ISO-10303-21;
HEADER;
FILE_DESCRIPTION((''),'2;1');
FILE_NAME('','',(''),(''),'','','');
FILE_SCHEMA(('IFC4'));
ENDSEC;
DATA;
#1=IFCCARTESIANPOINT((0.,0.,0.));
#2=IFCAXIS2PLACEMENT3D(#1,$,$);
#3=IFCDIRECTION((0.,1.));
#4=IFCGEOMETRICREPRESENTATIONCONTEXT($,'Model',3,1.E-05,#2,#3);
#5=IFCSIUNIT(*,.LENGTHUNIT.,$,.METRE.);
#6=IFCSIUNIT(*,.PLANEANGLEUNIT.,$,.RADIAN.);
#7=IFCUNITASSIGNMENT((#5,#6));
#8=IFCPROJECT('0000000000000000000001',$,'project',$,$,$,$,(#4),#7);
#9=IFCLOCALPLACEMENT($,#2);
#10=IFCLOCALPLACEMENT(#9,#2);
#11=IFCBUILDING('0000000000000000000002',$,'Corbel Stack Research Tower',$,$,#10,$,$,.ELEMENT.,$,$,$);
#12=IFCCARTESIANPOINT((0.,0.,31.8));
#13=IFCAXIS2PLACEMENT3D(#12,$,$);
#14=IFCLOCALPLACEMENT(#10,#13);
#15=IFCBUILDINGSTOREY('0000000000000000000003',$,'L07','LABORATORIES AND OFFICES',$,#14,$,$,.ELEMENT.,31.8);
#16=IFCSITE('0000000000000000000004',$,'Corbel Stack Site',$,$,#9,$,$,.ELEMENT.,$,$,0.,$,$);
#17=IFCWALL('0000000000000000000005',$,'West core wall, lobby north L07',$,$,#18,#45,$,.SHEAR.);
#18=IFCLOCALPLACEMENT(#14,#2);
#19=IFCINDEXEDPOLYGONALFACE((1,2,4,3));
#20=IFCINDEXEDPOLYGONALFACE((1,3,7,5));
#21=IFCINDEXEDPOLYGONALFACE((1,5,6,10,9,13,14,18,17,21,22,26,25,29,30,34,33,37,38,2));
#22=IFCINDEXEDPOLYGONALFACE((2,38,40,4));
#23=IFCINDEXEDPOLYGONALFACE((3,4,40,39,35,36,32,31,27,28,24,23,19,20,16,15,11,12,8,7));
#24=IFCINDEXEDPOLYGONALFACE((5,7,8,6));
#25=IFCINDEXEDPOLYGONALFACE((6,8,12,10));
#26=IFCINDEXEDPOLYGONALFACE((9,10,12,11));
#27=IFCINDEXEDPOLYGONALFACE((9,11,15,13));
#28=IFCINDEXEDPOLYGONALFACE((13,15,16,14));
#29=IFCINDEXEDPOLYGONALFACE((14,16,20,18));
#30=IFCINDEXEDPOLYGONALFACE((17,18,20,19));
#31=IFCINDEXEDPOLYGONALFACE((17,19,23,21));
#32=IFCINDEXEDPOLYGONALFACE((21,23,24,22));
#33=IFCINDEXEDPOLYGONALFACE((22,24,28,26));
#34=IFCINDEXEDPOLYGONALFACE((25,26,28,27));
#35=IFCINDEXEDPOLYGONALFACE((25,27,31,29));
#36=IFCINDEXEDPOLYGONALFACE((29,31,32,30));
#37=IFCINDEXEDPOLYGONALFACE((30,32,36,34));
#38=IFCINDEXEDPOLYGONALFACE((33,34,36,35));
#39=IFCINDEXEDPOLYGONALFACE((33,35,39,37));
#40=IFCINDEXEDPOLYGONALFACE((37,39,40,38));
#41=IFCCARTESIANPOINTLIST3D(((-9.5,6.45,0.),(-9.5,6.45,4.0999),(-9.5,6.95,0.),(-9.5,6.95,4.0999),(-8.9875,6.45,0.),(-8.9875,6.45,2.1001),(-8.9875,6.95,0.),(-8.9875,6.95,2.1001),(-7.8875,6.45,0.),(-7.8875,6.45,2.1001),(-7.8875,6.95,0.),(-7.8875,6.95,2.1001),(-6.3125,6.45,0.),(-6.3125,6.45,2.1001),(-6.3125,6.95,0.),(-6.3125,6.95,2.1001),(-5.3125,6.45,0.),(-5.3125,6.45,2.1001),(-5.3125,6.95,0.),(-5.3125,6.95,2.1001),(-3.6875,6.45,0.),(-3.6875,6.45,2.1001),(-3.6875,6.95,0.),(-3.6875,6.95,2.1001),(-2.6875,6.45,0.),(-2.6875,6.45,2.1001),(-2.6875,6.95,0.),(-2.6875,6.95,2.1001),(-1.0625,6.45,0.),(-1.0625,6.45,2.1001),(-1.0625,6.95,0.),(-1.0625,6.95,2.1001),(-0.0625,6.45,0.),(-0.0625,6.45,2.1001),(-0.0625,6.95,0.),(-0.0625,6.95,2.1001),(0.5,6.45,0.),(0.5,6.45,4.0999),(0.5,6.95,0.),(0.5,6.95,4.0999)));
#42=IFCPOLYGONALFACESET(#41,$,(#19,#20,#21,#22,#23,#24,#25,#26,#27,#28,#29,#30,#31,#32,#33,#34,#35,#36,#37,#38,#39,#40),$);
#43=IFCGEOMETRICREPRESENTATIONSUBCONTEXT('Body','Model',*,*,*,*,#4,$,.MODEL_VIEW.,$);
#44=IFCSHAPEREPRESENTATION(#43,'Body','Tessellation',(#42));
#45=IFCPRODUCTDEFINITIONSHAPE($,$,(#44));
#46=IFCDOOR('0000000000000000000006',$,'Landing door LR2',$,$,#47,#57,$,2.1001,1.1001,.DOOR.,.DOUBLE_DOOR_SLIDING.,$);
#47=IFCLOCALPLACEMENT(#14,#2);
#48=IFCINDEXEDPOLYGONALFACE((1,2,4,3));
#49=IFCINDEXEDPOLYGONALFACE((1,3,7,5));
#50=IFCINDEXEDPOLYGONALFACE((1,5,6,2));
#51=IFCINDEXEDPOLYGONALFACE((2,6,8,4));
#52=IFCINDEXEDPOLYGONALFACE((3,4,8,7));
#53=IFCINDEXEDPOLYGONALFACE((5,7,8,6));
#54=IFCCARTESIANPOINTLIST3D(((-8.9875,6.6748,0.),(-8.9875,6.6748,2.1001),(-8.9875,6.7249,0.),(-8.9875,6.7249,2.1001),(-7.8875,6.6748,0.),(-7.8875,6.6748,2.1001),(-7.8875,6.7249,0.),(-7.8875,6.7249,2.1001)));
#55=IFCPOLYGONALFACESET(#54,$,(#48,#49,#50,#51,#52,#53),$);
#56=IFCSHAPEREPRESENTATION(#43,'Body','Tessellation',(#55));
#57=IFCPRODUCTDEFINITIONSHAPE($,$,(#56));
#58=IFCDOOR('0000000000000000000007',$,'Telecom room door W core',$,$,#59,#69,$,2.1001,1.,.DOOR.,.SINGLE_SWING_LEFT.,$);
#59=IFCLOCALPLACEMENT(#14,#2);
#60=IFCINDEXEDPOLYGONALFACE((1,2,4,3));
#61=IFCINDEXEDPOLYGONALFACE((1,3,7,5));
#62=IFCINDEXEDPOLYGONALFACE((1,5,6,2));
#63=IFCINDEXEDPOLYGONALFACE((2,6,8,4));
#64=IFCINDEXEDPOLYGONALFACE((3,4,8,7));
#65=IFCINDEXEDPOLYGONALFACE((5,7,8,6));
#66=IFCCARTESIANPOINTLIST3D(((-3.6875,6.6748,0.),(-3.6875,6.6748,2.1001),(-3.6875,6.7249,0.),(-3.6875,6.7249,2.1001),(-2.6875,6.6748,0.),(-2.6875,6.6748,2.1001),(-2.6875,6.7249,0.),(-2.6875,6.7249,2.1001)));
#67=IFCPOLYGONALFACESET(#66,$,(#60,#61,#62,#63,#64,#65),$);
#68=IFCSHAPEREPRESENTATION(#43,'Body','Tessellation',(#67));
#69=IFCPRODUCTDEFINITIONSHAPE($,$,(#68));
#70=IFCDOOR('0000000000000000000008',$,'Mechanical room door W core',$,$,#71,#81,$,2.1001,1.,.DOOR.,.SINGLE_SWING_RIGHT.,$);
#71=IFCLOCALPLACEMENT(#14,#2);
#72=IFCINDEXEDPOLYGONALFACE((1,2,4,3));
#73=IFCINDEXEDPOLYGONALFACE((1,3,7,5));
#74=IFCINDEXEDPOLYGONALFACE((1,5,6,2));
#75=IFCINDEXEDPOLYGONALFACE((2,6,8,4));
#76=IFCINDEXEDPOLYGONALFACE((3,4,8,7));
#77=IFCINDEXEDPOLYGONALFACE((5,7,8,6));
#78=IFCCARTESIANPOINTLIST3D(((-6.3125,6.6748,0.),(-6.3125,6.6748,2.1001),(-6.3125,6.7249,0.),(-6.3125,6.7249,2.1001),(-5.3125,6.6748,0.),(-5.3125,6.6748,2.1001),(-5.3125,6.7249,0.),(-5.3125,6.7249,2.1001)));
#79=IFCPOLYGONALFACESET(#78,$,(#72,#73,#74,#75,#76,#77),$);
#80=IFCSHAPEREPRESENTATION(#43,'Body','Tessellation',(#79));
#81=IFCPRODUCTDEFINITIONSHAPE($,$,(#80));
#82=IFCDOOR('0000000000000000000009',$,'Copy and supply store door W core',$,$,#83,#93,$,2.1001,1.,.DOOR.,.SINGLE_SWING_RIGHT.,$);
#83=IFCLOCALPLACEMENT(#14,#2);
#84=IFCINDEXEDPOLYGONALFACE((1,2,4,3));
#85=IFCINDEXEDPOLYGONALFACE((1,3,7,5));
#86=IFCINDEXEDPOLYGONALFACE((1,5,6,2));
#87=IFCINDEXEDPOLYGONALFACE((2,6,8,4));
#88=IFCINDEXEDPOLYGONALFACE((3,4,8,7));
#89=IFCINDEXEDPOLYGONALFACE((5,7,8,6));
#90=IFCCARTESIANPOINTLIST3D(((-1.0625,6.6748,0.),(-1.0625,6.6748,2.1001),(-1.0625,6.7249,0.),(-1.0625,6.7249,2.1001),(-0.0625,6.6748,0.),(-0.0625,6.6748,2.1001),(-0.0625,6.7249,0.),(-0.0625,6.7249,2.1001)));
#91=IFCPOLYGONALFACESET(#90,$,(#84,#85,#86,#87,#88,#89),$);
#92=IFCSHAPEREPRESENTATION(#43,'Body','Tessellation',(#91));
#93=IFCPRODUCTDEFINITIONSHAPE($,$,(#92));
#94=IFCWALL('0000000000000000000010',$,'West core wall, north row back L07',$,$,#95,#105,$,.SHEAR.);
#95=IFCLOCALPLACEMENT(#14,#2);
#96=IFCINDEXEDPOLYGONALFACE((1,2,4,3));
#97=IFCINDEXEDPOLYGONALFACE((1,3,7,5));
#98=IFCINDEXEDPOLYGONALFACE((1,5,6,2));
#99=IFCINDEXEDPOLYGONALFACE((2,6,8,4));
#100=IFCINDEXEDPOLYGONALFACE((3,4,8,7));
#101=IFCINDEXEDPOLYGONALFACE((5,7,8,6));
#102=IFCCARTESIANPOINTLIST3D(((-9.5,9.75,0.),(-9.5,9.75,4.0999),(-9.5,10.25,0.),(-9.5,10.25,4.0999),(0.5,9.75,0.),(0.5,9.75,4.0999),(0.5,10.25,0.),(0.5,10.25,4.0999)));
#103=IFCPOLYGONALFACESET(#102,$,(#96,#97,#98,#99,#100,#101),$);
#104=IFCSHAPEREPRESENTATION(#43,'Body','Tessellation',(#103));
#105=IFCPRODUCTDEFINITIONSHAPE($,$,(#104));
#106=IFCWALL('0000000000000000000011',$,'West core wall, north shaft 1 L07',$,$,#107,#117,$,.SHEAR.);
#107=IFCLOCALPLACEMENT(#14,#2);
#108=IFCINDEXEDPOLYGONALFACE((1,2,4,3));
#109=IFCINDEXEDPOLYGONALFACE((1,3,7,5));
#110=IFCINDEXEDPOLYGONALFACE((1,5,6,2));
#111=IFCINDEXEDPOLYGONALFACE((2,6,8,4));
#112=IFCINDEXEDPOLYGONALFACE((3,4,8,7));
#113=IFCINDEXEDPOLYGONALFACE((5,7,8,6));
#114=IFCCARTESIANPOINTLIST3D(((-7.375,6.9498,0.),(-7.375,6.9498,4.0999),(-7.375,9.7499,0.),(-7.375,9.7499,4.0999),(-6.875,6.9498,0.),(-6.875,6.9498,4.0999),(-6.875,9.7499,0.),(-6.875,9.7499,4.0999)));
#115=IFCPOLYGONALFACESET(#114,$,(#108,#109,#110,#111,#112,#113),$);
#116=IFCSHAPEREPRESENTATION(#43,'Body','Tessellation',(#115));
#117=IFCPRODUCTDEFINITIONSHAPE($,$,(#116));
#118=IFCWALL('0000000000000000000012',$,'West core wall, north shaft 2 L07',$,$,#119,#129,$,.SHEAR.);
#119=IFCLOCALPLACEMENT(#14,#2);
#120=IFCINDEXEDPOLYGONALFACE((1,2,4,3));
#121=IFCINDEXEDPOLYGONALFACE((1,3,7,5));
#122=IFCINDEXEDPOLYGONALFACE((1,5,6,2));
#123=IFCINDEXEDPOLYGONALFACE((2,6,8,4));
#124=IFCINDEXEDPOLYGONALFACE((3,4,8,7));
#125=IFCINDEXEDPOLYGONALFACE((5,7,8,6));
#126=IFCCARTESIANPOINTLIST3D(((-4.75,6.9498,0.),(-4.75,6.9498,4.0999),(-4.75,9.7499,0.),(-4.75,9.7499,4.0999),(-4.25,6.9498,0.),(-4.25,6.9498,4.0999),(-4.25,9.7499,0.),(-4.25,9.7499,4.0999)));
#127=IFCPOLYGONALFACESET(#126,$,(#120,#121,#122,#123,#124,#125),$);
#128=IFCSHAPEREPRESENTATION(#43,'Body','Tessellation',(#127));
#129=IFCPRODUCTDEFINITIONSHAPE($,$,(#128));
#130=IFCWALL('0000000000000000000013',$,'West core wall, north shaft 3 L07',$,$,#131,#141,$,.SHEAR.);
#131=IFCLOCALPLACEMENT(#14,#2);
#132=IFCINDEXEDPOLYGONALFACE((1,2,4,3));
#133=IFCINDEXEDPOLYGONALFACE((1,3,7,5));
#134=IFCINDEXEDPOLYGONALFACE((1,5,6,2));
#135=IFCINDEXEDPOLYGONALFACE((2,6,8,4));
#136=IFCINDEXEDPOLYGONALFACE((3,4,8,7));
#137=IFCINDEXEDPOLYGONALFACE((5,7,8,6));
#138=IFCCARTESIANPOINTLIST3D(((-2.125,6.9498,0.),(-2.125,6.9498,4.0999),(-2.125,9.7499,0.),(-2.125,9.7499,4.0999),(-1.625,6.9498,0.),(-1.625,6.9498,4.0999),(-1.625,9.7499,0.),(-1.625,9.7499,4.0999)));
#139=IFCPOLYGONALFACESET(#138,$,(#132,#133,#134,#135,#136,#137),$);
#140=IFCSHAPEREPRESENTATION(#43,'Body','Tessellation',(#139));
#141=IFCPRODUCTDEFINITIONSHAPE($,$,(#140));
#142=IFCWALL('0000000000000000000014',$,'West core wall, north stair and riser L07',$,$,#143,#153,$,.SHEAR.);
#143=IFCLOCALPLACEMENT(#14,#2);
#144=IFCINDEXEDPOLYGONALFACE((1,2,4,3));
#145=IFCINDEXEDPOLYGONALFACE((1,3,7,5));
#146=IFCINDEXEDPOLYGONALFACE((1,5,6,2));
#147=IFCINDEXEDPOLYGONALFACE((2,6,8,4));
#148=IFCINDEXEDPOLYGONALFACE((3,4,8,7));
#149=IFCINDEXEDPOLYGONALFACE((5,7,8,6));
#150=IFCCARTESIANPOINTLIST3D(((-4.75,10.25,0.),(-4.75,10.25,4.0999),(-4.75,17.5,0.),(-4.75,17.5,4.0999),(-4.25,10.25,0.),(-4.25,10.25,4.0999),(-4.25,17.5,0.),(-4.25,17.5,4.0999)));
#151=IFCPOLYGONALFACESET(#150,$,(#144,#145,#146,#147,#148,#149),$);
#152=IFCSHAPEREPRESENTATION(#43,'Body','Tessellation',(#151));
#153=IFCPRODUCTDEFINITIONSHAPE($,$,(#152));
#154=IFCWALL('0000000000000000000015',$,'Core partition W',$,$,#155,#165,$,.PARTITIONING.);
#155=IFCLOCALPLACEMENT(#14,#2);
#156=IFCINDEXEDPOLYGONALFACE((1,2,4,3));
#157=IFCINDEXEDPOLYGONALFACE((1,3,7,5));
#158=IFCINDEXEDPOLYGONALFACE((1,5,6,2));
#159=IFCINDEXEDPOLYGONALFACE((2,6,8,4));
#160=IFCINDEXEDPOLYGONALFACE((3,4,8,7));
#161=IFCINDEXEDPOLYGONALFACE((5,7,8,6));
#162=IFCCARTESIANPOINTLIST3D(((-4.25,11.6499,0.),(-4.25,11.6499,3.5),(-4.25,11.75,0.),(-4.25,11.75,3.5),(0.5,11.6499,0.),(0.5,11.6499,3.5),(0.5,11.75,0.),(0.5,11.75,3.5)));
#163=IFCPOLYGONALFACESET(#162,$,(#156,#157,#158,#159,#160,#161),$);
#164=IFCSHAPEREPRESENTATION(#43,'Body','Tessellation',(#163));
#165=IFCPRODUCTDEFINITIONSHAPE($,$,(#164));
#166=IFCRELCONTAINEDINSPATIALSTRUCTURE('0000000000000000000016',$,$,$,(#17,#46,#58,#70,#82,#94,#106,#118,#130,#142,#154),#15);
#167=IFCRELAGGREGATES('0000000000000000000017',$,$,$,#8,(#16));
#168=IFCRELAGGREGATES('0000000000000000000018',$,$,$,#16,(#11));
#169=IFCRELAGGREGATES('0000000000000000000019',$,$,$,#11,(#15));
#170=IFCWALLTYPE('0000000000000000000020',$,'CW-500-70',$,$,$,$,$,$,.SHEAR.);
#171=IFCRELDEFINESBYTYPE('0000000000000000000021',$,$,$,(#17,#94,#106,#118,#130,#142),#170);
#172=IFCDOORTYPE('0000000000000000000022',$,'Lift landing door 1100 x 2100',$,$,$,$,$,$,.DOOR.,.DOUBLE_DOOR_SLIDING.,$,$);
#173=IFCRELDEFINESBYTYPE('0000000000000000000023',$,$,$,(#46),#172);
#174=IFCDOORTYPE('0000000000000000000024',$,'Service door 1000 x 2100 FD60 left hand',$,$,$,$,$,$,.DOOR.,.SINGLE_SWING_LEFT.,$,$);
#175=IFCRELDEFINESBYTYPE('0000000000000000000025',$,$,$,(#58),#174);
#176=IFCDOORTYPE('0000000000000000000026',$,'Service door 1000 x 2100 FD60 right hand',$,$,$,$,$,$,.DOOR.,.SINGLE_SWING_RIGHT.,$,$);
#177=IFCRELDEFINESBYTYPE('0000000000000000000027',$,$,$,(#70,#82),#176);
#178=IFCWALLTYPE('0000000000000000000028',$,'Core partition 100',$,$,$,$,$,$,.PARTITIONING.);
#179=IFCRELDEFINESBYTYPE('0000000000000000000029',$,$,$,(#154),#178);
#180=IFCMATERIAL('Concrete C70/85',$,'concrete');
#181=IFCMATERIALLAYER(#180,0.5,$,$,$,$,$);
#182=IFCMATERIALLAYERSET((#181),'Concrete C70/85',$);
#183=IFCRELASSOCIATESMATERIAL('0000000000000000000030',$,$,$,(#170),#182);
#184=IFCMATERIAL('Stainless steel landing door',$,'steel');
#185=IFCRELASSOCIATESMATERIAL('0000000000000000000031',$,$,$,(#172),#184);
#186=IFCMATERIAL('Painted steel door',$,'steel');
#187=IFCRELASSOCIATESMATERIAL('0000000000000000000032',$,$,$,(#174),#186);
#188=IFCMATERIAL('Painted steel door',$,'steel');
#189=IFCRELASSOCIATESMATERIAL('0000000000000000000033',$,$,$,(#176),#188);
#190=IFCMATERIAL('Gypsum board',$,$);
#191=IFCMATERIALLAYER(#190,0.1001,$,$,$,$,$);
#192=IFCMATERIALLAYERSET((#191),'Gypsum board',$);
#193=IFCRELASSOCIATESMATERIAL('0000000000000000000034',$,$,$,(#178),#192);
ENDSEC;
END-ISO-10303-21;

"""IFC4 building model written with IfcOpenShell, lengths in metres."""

from ifc_helpers import new_model, si_unit, direction, frame, frame_2d, origin, place, context, subcontext, project, spatial, rectangle, extrude, material, layer, layer_set, type_object, element, fill, save


model = new_model("IFC4")

# Units and contexts
model_context = context("Model", 3, precision=1e-05, world=origin(), true_north=direction((0.0, 1.0)))
body_context = subcontext(model_context, "Body", "Model", "MODEL_VIEW")
ifc_project = project(units=[si_unit("LENGTHUNIT", "METRE"), si_unit("PLANEANGLEUNIT", "RADIAN")], contexts=[model_context])

# Site, building, storey
site_placement = place(None, origin())
site = spatial("IfcSite", under=ifc_project, at=site_placement, Name="Corbel Stack Site", CompositionType="ELEMENT", RefElevation=0.0)
building_placement = place(site_placement, origin())
building = spatial("IfcBuilding", under=site, at=building_placement, Name="Corbel Stack Research Tower", CompositionType="ELEMENT")
storey_placement = place(building_placement, frame((0.0, 0.0, 31.8)))
storey = spatial("IfcBuildingStorey", under=building, at=storey_placement, Name="L07", Description="LABORATORIES AND OFFICES", CompositionType="ELEMENT", Elevation=31.8)

# Wall, openings, doors
ifc_material_1 = material(Name="Concrete C70/85", Category="concrete")
ifc_layer_1 = layer(ifc_material_1, 0.5)
ifc_layer_set_1 = layer_set([ifc_layer_1], Name="Concrete C70/85")
wall_type_1 = type_object("IfcWallType", Name="CW-500-70", PredefinedType="SHEAR", material=ifc_layer_set_1)
ifc_material_2 = material(Name="Stainless steel landing door", Category="steel")
door_type_1 = type_object("IfcDoorType", Name="Lift landing door 1100 x 2100", OperationType="DOUBLE_DOOR_SLIDING", PredefinedType="DOOR", material=ifc_material_2)
wall_1_placement = place(storey_placement, frame((-9.5, 6.7, 0.0), z_axis=(0.0, 0.0, 1.0), x_axis=(1.0, 0.0, 0.0)))
wall_1 = element("IfcWall", 1, at=wall_1_placement, inside=storey, type_object=wall_type_1, Name="West core wall, lobby north L07", PredefinedType="SHEAR", context=body_context, shape_type="SweptSolid", body=[
    extrude(rectangle(XDim=10.0, YDim=0.5, at=frame_2d((5.0, 0.0))), origin(), (0.0, 0.0, 1.0), 4.0999),
])
opening_1_placement = place(wall_1_placement, frame((0.5125, 0.0, 0.0)))
opening_1 = element("IfcOpeningElement", 2, at=opening_1_placement, cuts=wall_1, PredefinedType="OPENING", context=body_context, shape_type="SweptSolid", body=[
    extrude(rectangle(XDim=1.1001, YDim=2.1001, at=frame_2d((0.55, 1.05))), frame((0.0, 0.26, 0.0), z_axis=(0.0, -1.0, 0.0), x_axis=(1.0, 0.0, 0.0)), (0.0, 0.0, 1.0), 0.52),
])
opening_2_placement = place(wall_1_placement, frame((3.1875, 0.0, 0.0)))
opening_2 = element("IfcOpeningElement", 3, at=opening_2_placement, cuts=wall_1, PredefinedType="OPENING", context=body_context, shape_type="SweptSolid", body=[
    extrude(rectangle(XDim=1.0, YDim=2.1001, at=frame_2d((0.5, 1.05))), frame((0.0, 0.26, 0.0), z_axis=(0.0, -1.0, 0.0), x_axis=(1.0, 0.0, 0.0)), (0.0, 0.0, 1.0), 0.52),
])
opening_3_placement = place(wall_1_placement, frame((5.8125, 0.0, 0.0)))
opening_3 = element("IfcOpeningElement", 4, at=opening_3_placement, cuts=wall_1, PredefinedType="OPENING", context=body_context, shape_type="SweptSolid", body=[
    extrude(rectangle(XDim=1.0, YDim=2.1001, at=frame_2d((0.5, 1.05))), frame((0.0, 0.26, 0.0), z_axis=(0.0, -1.0, 0.0), x_axis=(1.0, 0.0, 0.0)), (0.0, 0.0, 1.0), 0.52),
])
opening_4_placement = place(wall_1_placement, frame((8.4375, 0.0, 0.0)))
opening_4 = element("IfcOpeningElement", 5, at=opening_4_placement, cuts=wall_1, PredefinedType="OPENING", context=body_context, shape_type="SweptSolid", body=[
    extrude(rectangle(XDim=1.0, YDim=2.1001, at=frame_2d((0.5, 1.05))), frame((0.0, 0.26, 0.0), z_axis=(0.0, -1.0, 0.0), x_axis=(1.0, 0.0, 0.0)), (0.0, 0.0, 1.0), 0.52),
])
door_1_placement = place(opening_1_placement, origin())
door_1 = element("IfcDoor", 6, at=door_1_placement, inside=storey, type_object=door_type_1, Name="Landing door LR2", OperationType="DOUBLE_DOOR_SLIDING", OverallHeight=2.1001, OverallWidth=1.1001, PredefinedType="DOOR", context=body_context, shape_type="SweptSolid", body=[
    extrude(rectangle(XDim=1.1001, YDim=2.1001, at=frame_2d((0.55, 1.05))), frame((0.0, 0.0249, 0.0), z_axis=(0.0, -1.0, 0.0), x_axis=(1.0, 0.0, 0.0)), (0.0, 0.0, 1.0), 0.05),
])
fill(opening_1, door_1)
ifc_material_3 = material(Name="Painted steel door", Category="steel")
door_type_2 = type_object("IfcDoorType", Name="Service door 1000 x 2100 FD60 left hand", OperationType="SINGLE_SWING_LEFT", PredefinedType="DOOR", material=ifc_material_3)
door_2_placement = place(opening_3_placement, origin())
door_2 = element("IfcDoor", 7, at=door_2_placement, inside=storey, type_object=door_type_2, Name="Telecom room door W core", OperationType="SINGLE_SWING_LEFT", OverallHeight=2.1001, OverallWidth=1.0, PredefinedType="DOOR", context=body_context, shape_type="SweptSolid", body=[
    extrude(rectangle(XDim=1.0, YDim=2.1001, at=frame_2d((0.5, 1.05))), frame((0.0, 0.0249, 0.0), z_axis=(0.0, -1.0, 0.0), x_axis=(1.0, 0.0, 0.0)), (0.0, 0.0, 1.0), 0.05),
])
fill(opening_3, door_2)
ifc_material_4 = material(Name="Painted steel door", Category="steel")
door_type_3 = type_object("IfcDoorType", Name="Service door 1000 x 2100 FD60 right hand", OperationType="SINGLE_SWING_RIGHT", PredefinedType="DOOR", material=ifc_material_4)
door_3_placement = place(opening_2_placement, origin())
door_3 = element("IfcDoor", 8, at=door_3_placement, inside=storey, type_object=door_type_3, Name="Mechanical room door W core", OperationType="SINGLE_SWING_RIGHT", OverallHeight=2.1001, OverallWidth=1.0, PredefinedType="DOOR", context=body_context, shape_type="SweptSolid", body=[
    extrude(rectangle(XDim=1.0, YDim=2.1001, at=frame_2d((0.5, 1.05))), frame((0.0, 0.0249, 0.0), z_axis=(0.0, -1.0, 0.0), x_axis=(1.0, 0.0, 0.0)), (0.0, 0.0, 1.0), 0.05),
])
fill(opening_2, door_3)
door_4_placement = place(opening_4_placement, origin())
door_4 = element("IfcDoor", 9, at=door_4_placement, inside=storey, type_object=door_type_3, Name="Copy and supply store door W core", OperationType="SINGLE_SWING_RIGHT", OverallHeight=2.1001, OverallWidth=1.0, PredefinedType="DOOR", context=body_context, shape_type="SweptSolid", body=[
    extrude(rectangle(XDim=1.0, YDim=2.1001, at=frame_2d((0.5, 1.05))), frame((0.0, 0.0249, 0.0), z_axis=(0.0, -1.0, 0.0), x_axis=(1.0, 0.0, 0.0)), (0.0, 0.0, 1.0), 0.05),
])
fill(opening_4, door_4)

# Walls
wall_2_placement = place(storey_placement, frame((-9.5, 10.0, 0.0), z_axis=(0.0, 0.0, 1.0), x_axis=(1.0, 0.0, 0.0)))
element("IfcWall", 10, at=wall_2_placement, inside=storey, type_object=wall_type_1, Name="West core wall, north row back L07", PredefinedType="SHEAR", context=body_context, shape_type="SweptSolid", body=[
    extrude(rectangle(XDim=10.0, YDim=0.5, at=frame_2d((5.0, 0.0))), origin(), (0.0, 0.0, 1.0), 4.0999),
])
for number, where, z_axis, x_axis, name in (
    (11, (-7.125, 6.95, 0.0), (0.0, 0.0, 1.0), (0.0, 1.0, 0.0), "West core wall, north shaft 1 L07"),
    (12, (-4.5, 6.95, 0.0), (0.0, 0.0, 1.0), (0.0, 1.0, 0.0), "West core wall, north shaft 2 L07"),
    (13, (-1.875, 6.95, 0.0), (0.0, 0.0, 1.0), (0.0, 1.0, 0.0), "West core wall, north shaft 3 L07"),
):
    element("IfcWall", number, at=place(storey_placement, frame(where, z_axis=z_axis, x_axis=x_axis)), inside=storey, type_object=wall_type_1, Name=name, PredefinedType="SHEAR", context=body_context, shape_type="SweptSolid", body=[
        extrude(rectangle(XDim=2.8, YDim=0.5, at=frame_2d((1.3999, 0.0))), origin(), (0.0, 0.0, 1.0), 4.0999),
    ])
wall_3_placement = place(storey_placement, frame((-4.5, 10.25, 0.0), z_axis=(0.0, 0.0, 1.0), x_axis=(0.0, 1.0, 0.0)))
element("IfcWall", 14, at=wall_3_placement, inside=storey, type_object=wall_type_1, Name="West core wall, north stair and riser L07", PredefinedType="SHEAR", context=body_context, shape_type="SweptSolid", body=[
    extrude(rectangle(XDim=7.25, YDim=0.5, at=frame_2d((3.625, 0.0))), origin(), (0.0, 0.0, 1.0), 4.0999),
])
ifc_material_5 = material(Name="Gypsum board")
ifc_layer_2 = layer(ifc_material_5, 0.1001)
ifc_layer_set_2 = layer_set([ifc_layer_2], Name="Gypsum board")
wall_type_2 = type_object("IfcWallType", Name="Core partition 100", PredefinedType="PARTITIONING", material=ifc_layer_set_2)
wall_4_placement = place(storey_placement, frame((-4.25, 11.7, 0.0), z_axis=(0.0, 0.0, 1.0), x_axis=(1.0, 0.0, 0.0)))
element("IfcWall", 15, at=wall_4_placement, inside=storey, type_object=wall_type_2, Name="Core partition W", PredefinedType="PARTITIONING", context=body_context, shape_type="SweptSolid", body=[
    extrude(rectangle(XDim=4.75, YDim=0.1001, at=frame_2d((2.375, 0.0))), origin(), (0.0, 0.0, 1.0), 3.5),
])

save(model, "model.ifc")
